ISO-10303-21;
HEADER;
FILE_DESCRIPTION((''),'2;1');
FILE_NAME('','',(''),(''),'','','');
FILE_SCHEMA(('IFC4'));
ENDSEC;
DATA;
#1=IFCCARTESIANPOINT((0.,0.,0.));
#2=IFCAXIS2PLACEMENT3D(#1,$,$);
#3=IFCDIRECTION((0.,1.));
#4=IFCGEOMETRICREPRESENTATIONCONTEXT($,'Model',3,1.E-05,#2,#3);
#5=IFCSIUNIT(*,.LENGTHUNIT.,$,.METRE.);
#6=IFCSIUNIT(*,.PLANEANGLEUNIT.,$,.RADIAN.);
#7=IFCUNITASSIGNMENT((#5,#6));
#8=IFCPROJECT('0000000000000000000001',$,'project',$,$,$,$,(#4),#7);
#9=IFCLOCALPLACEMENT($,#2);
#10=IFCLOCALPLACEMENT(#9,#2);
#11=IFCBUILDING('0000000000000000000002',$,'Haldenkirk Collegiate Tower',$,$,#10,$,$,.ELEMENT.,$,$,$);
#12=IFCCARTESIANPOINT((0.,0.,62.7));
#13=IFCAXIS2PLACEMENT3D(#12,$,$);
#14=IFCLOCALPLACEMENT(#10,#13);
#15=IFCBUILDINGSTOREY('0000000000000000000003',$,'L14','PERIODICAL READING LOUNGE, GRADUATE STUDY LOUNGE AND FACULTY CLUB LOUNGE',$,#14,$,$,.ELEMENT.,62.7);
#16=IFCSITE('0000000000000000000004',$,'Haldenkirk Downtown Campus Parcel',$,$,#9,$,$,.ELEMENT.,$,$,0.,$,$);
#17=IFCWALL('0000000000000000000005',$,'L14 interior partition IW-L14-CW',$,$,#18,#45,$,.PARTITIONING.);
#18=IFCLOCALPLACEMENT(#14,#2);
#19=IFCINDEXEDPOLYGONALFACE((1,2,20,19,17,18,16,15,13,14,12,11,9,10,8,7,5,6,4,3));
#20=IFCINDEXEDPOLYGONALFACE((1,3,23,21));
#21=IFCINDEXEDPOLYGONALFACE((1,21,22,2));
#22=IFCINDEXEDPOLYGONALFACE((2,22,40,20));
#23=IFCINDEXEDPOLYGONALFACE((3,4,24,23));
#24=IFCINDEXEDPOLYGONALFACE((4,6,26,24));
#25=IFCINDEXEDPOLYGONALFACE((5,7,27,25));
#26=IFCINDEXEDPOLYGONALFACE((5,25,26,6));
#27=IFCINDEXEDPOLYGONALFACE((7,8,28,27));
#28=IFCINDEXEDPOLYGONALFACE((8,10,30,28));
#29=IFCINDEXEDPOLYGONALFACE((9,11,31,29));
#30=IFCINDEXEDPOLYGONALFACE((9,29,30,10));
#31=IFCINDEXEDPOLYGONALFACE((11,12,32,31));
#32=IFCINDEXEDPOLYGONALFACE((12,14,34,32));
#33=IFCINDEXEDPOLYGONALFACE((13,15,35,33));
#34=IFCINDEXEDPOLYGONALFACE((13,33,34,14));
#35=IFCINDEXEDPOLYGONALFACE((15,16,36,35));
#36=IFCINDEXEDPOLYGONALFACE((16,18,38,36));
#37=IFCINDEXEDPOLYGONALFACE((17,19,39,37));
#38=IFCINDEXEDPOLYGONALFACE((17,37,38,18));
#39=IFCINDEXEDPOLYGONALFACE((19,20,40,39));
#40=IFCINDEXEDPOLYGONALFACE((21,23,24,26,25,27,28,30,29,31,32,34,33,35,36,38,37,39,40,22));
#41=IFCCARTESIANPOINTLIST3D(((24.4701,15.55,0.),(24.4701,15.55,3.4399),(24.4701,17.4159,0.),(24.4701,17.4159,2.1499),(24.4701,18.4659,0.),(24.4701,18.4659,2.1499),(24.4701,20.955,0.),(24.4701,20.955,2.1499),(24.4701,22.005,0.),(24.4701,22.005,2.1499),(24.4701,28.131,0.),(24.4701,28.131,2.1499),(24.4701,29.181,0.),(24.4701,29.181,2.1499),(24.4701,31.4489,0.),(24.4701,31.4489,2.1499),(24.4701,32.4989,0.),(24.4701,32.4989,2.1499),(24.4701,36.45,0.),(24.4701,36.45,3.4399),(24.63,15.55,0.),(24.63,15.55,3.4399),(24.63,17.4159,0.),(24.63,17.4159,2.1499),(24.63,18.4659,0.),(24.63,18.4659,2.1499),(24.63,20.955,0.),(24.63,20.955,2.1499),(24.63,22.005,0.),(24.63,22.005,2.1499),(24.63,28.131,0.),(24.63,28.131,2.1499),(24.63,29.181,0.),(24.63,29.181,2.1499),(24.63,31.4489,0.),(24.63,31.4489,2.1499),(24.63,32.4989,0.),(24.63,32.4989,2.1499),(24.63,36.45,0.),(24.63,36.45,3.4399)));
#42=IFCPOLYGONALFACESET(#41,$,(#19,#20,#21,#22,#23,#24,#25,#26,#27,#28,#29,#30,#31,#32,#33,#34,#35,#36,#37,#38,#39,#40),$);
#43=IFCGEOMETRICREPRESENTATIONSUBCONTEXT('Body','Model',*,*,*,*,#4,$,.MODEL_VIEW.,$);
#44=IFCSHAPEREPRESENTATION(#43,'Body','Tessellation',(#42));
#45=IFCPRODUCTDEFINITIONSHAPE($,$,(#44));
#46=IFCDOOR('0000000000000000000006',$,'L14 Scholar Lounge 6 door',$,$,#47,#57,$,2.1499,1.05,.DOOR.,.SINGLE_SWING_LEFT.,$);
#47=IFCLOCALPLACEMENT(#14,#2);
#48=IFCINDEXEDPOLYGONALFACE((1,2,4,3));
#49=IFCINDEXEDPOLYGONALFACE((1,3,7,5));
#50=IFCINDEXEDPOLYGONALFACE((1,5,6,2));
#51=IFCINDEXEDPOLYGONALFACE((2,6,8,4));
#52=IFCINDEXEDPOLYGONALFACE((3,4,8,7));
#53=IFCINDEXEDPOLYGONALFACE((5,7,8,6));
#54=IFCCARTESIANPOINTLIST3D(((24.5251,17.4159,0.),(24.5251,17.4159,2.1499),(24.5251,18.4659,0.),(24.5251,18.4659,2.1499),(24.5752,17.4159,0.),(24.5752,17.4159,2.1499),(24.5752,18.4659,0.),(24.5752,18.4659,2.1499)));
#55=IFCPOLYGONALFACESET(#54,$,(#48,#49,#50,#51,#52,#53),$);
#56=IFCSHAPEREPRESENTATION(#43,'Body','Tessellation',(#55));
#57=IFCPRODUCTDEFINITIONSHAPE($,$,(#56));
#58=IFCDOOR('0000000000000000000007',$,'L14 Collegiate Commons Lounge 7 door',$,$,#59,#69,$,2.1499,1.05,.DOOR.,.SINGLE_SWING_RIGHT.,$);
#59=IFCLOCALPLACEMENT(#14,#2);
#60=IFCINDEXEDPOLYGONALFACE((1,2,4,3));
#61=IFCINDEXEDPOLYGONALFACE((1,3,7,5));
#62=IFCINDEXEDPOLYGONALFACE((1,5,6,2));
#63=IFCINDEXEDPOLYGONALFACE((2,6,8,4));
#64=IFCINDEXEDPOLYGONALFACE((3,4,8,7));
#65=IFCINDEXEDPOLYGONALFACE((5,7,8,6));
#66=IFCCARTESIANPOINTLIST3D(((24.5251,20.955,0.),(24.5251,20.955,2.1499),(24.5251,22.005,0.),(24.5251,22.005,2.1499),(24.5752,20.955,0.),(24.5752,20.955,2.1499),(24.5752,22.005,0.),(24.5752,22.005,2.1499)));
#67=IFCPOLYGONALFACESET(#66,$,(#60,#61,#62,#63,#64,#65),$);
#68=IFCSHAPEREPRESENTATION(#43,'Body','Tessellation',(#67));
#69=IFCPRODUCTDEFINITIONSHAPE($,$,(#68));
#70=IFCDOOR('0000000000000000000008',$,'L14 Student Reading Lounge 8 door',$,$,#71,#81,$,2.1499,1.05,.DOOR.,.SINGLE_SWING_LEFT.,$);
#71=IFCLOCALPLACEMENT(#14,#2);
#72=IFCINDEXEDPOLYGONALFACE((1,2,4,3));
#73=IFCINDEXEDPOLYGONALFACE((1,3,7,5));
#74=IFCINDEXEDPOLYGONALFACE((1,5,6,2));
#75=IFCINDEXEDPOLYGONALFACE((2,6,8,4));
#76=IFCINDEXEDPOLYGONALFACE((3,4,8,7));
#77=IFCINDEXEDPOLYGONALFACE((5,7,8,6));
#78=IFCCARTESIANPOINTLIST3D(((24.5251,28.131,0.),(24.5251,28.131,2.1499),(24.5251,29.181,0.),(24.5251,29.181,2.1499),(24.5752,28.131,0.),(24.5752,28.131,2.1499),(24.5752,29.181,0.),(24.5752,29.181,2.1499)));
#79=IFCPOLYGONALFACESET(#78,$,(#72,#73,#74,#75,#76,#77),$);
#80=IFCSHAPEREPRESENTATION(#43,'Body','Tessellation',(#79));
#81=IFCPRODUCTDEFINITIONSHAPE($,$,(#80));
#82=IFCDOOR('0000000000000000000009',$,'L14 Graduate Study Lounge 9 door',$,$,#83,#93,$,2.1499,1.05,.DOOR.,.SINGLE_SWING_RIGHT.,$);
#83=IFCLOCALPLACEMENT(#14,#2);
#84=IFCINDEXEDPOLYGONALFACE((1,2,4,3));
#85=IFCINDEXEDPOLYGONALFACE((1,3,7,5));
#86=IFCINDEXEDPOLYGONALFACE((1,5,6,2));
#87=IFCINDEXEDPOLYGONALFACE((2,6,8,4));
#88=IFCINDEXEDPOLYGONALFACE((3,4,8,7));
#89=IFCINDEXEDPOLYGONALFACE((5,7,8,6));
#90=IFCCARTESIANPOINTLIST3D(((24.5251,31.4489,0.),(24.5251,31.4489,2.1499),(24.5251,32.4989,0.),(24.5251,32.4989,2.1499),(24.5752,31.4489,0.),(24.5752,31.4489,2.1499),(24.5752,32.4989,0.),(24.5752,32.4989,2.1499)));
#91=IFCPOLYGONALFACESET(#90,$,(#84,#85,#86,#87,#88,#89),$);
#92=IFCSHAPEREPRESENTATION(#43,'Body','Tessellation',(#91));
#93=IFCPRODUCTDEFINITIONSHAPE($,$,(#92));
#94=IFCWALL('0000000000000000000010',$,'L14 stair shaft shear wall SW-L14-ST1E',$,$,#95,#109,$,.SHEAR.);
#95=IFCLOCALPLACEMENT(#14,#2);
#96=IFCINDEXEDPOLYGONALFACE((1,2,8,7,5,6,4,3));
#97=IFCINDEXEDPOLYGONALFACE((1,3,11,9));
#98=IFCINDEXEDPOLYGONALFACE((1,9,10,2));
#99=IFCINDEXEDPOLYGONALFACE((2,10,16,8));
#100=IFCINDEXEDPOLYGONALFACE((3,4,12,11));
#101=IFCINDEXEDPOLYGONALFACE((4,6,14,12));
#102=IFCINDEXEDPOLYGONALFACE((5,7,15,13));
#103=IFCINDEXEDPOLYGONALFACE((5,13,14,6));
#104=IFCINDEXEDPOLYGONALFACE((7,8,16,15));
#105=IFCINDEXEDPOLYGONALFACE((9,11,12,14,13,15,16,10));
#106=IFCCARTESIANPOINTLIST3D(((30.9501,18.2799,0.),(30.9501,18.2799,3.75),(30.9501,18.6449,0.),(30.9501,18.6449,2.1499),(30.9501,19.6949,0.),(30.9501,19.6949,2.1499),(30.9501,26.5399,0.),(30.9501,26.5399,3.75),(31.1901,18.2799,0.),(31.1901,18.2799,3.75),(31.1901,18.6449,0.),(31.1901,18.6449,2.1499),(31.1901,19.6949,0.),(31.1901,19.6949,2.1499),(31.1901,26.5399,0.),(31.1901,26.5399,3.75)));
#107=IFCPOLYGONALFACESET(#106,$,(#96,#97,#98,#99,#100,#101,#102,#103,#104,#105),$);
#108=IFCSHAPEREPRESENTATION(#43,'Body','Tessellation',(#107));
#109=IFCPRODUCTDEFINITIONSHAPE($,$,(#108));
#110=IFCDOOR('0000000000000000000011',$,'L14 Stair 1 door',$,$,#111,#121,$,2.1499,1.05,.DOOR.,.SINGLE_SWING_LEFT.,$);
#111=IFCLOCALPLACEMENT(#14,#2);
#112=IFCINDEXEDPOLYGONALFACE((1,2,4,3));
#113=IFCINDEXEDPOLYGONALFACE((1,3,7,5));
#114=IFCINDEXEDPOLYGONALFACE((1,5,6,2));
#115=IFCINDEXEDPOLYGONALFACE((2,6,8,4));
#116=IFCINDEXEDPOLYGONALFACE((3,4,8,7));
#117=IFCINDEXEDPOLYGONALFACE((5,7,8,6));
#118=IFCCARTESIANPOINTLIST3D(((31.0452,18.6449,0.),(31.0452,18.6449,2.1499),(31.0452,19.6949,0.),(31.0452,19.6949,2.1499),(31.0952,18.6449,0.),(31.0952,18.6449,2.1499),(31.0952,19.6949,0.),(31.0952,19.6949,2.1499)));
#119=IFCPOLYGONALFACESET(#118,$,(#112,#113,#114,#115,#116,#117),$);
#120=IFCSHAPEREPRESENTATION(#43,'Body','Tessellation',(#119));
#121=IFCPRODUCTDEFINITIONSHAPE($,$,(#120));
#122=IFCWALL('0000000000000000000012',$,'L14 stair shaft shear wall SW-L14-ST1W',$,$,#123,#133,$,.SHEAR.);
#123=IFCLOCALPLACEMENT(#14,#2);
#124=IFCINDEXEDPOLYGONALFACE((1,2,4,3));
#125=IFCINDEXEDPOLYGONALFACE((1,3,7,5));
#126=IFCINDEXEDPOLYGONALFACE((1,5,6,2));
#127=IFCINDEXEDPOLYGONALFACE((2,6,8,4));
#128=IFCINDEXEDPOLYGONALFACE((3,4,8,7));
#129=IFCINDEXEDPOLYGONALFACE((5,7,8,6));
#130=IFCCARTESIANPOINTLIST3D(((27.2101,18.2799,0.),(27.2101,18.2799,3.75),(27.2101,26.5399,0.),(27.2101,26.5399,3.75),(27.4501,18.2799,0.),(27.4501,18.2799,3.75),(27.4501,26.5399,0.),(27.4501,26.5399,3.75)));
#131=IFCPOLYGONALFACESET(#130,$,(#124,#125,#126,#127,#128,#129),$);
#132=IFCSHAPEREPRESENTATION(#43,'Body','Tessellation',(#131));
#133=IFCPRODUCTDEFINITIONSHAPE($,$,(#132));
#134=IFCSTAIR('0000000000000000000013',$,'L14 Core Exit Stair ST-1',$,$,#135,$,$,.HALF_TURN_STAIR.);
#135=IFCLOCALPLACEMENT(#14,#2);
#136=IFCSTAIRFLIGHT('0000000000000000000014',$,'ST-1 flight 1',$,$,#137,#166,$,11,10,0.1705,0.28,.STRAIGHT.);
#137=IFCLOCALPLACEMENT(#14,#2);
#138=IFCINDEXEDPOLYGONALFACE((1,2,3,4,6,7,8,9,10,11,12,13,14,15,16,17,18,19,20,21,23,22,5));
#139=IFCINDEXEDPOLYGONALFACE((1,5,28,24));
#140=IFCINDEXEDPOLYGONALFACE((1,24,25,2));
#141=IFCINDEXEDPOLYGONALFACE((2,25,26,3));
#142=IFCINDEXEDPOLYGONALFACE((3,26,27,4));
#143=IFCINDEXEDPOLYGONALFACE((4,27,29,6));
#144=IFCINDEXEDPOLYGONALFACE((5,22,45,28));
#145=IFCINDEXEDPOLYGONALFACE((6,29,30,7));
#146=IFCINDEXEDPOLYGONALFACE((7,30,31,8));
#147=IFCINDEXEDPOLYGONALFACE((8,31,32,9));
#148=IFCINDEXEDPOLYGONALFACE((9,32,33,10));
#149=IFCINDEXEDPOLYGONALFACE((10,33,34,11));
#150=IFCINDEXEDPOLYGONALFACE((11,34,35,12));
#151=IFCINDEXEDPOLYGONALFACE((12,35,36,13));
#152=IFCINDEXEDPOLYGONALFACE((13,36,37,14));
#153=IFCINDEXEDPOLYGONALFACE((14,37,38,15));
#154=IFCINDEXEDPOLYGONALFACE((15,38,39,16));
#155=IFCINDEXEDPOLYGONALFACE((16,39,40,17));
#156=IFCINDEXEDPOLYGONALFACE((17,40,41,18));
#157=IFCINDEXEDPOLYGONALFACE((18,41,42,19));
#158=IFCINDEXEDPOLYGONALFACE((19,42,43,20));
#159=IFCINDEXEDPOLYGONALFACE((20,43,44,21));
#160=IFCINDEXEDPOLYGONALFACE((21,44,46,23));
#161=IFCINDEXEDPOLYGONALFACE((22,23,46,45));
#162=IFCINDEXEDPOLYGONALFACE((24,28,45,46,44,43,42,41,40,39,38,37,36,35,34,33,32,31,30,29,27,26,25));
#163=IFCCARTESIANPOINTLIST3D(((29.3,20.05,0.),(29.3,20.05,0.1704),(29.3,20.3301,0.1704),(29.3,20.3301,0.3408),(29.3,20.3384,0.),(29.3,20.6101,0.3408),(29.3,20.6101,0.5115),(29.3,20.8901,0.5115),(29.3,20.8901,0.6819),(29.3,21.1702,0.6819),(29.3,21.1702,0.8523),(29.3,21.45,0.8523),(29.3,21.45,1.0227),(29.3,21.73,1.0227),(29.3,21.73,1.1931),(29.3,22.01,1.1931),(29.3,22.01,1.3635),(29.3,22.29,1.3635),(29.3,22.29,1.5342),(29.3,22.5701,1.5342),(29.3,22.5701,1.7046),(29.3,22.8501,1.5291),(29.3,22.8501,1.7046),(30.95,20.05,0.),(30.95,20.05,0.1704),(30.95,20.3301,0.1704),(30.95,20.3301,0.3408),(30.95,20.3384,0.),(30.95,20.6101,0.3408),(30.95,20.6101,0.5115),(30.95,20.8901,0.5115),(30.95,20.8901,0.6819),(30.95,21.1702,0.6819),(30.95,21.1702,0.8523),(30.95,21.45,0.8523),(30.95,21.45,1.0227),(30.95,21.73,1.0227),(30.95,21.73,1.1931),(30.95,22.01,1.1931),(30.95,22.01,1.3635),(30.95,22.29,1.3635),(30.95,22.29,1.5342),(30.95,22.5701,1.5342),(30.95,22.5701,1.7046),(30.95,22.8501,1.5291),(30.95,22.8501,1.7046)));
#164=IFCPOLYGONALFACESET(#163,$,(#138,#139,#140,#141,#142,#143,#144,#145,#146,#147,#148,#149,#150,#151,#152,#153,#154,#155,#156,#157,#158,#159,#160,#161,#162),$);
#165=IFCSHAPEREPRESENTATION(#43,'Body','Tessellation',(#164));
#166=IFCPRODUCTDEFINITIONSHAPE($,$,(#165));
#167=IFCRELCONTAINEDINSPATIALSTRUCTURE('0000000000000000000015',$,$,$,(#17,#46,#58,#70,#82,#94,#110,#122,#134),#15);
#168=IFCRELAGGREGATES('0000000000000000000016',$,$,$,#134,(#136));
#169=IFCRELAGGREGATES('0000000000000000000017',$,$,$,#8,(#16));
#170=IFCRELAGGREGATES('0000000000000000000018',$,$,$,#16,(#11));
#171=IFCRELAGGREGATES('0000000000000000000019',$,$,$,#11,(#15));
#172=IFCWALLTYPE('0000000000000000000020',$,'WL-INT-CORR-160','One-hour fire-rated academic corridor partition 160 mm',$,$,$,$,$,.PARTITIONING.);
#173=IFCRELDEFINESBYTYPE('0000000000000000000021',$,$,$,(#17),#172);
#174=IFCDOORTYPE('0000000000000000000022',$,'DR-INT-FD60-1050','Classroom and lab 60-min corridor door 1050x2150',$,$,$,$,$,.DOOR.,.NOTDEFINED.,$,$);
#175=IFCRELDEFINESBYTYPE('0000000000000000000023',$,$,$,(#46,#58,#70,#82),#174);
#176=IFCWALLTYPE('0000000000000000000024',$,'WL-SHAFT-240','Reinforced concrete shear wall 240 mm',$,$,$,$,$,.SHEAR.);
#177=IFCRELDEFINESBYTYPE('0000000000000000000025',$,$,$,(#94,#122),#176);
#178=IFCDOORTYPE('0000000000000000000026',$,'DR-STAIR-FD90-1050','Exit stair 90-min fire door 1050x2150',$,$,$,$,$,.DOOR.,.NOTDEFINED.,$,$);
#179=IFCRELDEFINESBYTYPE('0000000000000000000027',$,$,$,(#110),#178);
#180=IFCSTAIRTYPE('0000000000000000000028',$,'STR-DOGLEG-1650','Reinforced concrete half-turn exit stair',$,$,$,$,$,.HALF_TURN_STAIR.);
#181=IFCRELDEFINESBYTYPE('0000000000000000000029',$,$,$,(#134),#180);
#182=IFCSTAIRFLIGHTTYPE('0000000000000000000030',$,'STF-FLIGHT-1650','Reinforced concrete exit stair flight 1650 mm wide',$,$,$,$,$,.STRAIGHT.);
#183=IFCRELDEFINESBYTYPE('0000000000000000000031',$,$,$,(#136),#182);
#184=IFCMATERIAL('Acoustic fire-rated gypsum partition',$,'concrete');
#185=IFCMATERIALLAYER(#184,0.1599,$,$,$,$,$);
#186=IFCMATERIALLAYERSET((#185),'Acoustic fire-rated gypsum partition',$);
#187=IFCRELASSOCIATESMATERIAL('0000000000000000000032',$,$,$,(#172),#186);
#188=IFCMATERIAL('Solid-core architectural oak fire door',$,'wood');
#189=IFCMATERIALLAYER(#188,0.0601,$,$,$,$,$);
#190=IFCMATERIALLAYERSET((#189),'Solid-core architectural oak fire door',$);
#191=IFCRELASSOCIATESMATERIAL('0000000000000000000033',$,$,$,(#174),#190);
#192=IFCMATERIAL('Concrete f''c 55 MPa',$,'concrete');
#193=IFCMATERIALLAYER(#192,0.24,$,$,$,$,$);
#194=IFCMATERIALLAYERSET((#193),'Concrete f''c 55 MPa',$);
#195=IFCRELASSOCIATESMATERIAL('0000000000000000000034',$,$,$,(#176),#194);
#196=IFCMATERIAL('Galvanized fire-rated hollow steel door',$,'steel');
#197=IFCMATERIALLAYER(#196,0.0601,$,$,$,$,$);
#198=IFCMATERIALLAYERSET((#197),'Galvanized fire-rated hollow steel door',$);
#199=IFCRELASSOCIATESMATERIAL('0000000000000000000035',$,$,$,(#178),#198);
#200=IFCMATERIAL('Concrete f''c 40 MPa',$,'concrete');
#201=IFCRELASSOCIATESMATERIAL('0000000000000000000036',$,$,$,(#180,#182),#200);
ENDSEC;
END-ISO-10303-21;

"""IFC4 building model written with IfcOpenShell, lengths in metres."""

from ifc_helpers import new_model, si_unit, direction, frame, frame_2d, origin, place, context, subcontext, project, spatial, polyline, rectangle, outline, extrude, material, layer, layer_set, type_object, element, fill, aggregate, save


model = new_model("IFC4")

# Units and contexts
model_context = context("Model", 3, precision=1e-05, world=origin(), true_north=direction((0.0, 1.0)))
body_context = subcontext(model_context, "Body", "Model", "MODEL_VIEW")
ifc_project = project(units=[si_unit("LENGTHUNIT", "METRE"), si_unit("PLANEANGLEUNIT", "RADIAN")], contexts=[model_context])

# Site, building, storey
site_placement = place(None, origin())
site = spatial("IfcSite", under=ifc_project, at=site_placement, Name="Haldenkirk Downtown Campus Parcel", CompositionType="ELEMENT", RefElevation=0.0)
building_placement = place(site_placement, origin())
building = spatial("IfcBuilding", under=site, at=building_placement, Name="Haldenkirk Collegiate Tower", CompositionType="ELEMENT")
storey_placement = place(building_placement, frame((0.0, 0.0, 62.7)))
storey = spatial("IfcBuildingStorey", under=building, at=storey_placement, Name="L14", Description="PERIODICAL READING LOUNGE, GRADUATE STUDY LOUNGE AND FACULTY CLUB LOUNGE", CompositionType="ELEMENT", Elevation=62.7)

# Shared definitions
ifc_material_1 = material(Name="Galvanized fire-rated hollow steel door", Category="steel")

# Wall, openings, doors
ifc_material_2 = material(Name="Acoustic fire-rated gypsum partition", Category="concrete")
ifc_layer_1 = layer(ifc_material_2, 0.1599)
ifc_layer_set_1 = layer_set([ifc_layer_1], Name="Acoustic fire-rated gypsum partition")
wall_type_1 = type_object("IfcWallType", Name="WL-INT-CORR-160", Description="One-hour fire-rated academic corridor partition 160 mm", PredefinedType="PARTITIONING", material=ifc_layer_set_1)
ifc_material_3 = material(Name="Solid-core architectural oak fire door", Category="wood")
ifc_layer_2 = layer(ifc_material_3, 0.0601)
ifc_layer_set_2 = layer_set([ifc_layer_2], Name="Solid-core architectural oak fire door")
door_type_1 = type_object("IfcDoorType", Name="DR-INT-FD60-1050", Description="Classroom and lab 60-min corridor door 1050x2150", OperationType="NOTDEFINED", PredefinedType="DOOR", material=ifc_layer_set_2)
wall_1_placement = place(storey_placement, frame((24.55, 15.55, 0.0), z_axis=(0.0, 0.0, 1.0), x_axis=(0.0, 1.0, 0.0)))
wall_1 = element("IfcWall", 1, at=wall_1_placement, inside=storey, type_object=wall_type_1, Name="L14 interior partition IW-L14-CW", PredefinedType="PARTITIONING", context=body_context, shape_type="SweptSolid", body=[
    extrude(rectangle(XDim=20.8999, YDim=0.1599, at=frame_2d((10.45, 0.0))), origin(), (0.0, 0.0, 1.0), 3.4399),
])
opening_1_placement = place(wall_1_placement, frame((1.866, 0.0, 0.0)))
opening_1 = element("IfcOpeningElement", 2, at=opening_1_placement, cuts=wall_1, PredefinedType="OPENING", context=body_context, shape_type="SweptSolid", body=[
    extrude(rectangle(XDim=1.05, YDim=2.1499, at=frame_2d((0.5249, 1.075))), frame((0.0, 0.0898, 0.0), z_axis=(0.0, -1.0, 0.0), x_axis=(1.0, 0.0, 0.0)), (0.0, 0.0, 1.0), 0.1799),
])
opening_2_placement = place(wall_1_placement, frame((5.405, 0.0, 0.0)))
opening_2 = element("IfcOpeningElement", 3, at=opening_2_placement, cuts=wall_1, PredefinedType="OPENING", context=body_context, shape_type="SweptSolid", body=[
    extrude(rectangle(XDim=1.05, YDim=2.1499, at=frame_2d((0.5249, 1.075))), frame((0.0, 0.0898, 0.0), z_axis=(0.0, -1.0, 0.0), x_axis=(1.0, 0.0, 0.0)), (0.0, 0.0, 1.0), 0.1799),
])
opening_3_placement = place(wall_1_placement, frame((12.5811, 0.0, 0.0)))
opening_3 = element("IfcOpeningElement", 4, at=opening_3_placement, cuts=wall_1, PredefinedType="OPENING", context=body_context, shape_type="SweptSolid", body=[
    extrude(rectangle(XDim=1.05, YDim=2.1499, at=frame_2d((0.5249, 1.075))), frame((0.0, 0.0898, 0.0), z_axis=(0.0, -1.0, 0.0), x_axis=(1.0, 0.0, 0.0)), (0.0, 0.0, 1.0), 0.1799),
])
opening_4_placement = place(wall_1_placement, frame((15.8989, 0.0, 0.0)))
opening_4 = element("IfcOpeningElement", 5, at=opening_4_placement, cuts=wall_1, PredefinedType="OPENING", context=body_context, shape_type="SweptSolid", body=[
    extrude(rectangle(XDim=1.05, YDim=2.1499, at=frame_2d((0.5249, 1.075))), frame((0.0, 0.0898, 0.0), z_axis=(0.0, -1.0, 0.0), x_axis=(1.0, 0.0, 0.0)), (0.0, 0.0, 1.0), 0.1799),
])
door_1_placement = place(opening_1_placement, origin())
door_1 = element("IfcDoor", 6, at=door_1_placement, inside=storey, type_object=door_type_1, Name="L14 Scholar Lounge 6 door", OperationType="SINGLE_SWING_LEFT", OverallHeight=2.1499, OverallWidth=1.05, PredefinedType="DOOR", context=body_context, shape_type="SweptSolid", body=[
    extrude(rectangle(XDim=1.05, YDim=2.1499, at=frame_2d((0.5249, 1.075))), frame((0.0, 0.0249, 0.0), z_axis=(0.0, -1.0, 0.0), x_axis=(1.0, 0.0, 0.0)), (0.0, 0.0, 1.0), 0.05),
])
fill(opening_1, door_1)
door_2_placement = place(opening_2_placement, origin())
door_2 = element("IfcDoor", 7, at=door_2_placement, inside=storey, type_object=door_type_1, Name="L14 Collegiate Commons Lounge 7 door", OperationType="SINGLE_SWING_RIGHT", OverallHeight=2.1499, OverallWidth=1.05, PredefinedType="DOOR", context=body_context, shape_type="SweptSolid", body=[
    extrude(rectangle(XDim=1.05, YDim=2.1499, at=frame_2d((0.5249, 1.075))), frame((0.0, 0.0249, 0.0), z_axis=(0.0, -1.0, 0.0), x_axis=(1.0, 0.0, 0.0)), (0.0, 0.0, 1.0), 0.05),
])
fill(opening_2, door_2)
door_3_placement = place(opening_3_placement, origin())
door_3 = element("IfcDoor", 8, at=door_3_placement, inside=storey, type_object=door_type_1, Name="L14 Student Reading Lounge 8 door", OperationType="SINGLE_SWING_LEFT", OverallHeight=2.1499, OverallWidth=1.05, PredefinedType="DOOR", context=body_context, shape_type="SweptSolid", body=[
    extrude(rectangle(XDim=1.05, YDim=2.1499, at=frame_2d((0.5249, 1.075))), frame((0.0, 0.0249, 0.0), z_axis=(0.0, -1.0, 0.0), x_axis=(1.0, 0.0, 0.0)), (0.0, 0.0, 1.0), 0.05),
])
fill(opening_3, door_3)
door_4_placement = place(opening_4_placement, origin())
door_4 = element("IfcDoor", 9, at=door_4_placement, inside=storey, type_object=door_type_1, Name="L14 Graduate Study Lounge 9 door", OperationType="SINGLE_SWING_RIGHT", OverallHeight=2.1499, OverallWidth=1.05, PredefinedType="DOOR", context=body_context, shape_type="SweptSolid", body=[
    extrude(rectangle(XDim=1.05, YDim=2.1499, at=frame_2d((0.5249, 1.075))), frame((0.0, 0.0249, 0.0), z_axis=(0.0, -1.0, 0.0), x_axis=(1.0, 0.0, 0.0)), (0.0, 0.0, 1.0), 0.05),
])
fill(opening_4, door_4)

# Wall, opening, door
ifc_material_4 = material(Name="Concrete f'c 55 MPa", Category="concrete")
ifc_layer_3 = layer(ifc_material_4, 0.24)
ifc_layer_set_3 = layer_set([ifc_layer_3], Name="Concrete f'c 55 MPa")
wall_type_2 = type_object("IfcWallType", Name="WL-SHAFT-240", Description="Reinforced concrete shear wall 240 mm", PredefinedType="SHEAR", material=ifc_layer_set_3)
wall_2_placement = place(storey_placement, frame((31.0701, 18.28, 0.0), z_axis=(0.0, 0.0, 1.0), x_axis=(0.0, 1.0, 0.0)))
wall_2 = element("IfcWall", 10, at=wall_2_placement, inside=storey, type_object=wall_type_2, Name="L14 stair shaft shear wall SW-L14-ST1E", PredefinedType="SHEAR", context=body_context, shape_type="SweptSolid", body=[
    extrude(rectangle(XDim=8.26, YDim=0.24, at=frame_2d((4.1299, 0.0))), origin(), (0.0, 0.0, 1.0), 3.75),
])
opening_5_placement = place(wall_2_placement, frame((0.365, 0.0, 0.0)))
opening_5 = element("IfcOpeningElement", 11, at=opening_5_placement, cuts=wall_2, PredefinedType="OPENING", context=body_context, shape_type="SweptSolid", body=[
    extrude(rectangle(XDim=1.05, YDim=2.1499, at=frame_2d((0.5249, 1.075))), frame((0.0, 0.1299, 0.0), z_axis=(0.0, -1.0, 0.0), x_axis=(1.0, 0.0, 0.0)), (0.0, 0.0, 1.0), 0.26),
])
ifc_layer_4 = layer(ifc_material_1, 0.0601)
ifc_layer_set_4 = layer_set([ifc_layer_4], Name="Galvanized fire-rated hollow steel door")
door_type_2 = type_object("IfcDoorType", Name="DR-STAIR-FD90-1050", Description="Exit stair 90-min fire door 1050x2150", OperationType="NOTDEFINED", PredefinedType="DOOR", material=ifc_layer_set_4)
door_5_placement = place(opening_5_placement, origin())
door_5 = element("IfcDoor", 12, at=door_5_placement, inside=storey, type_object=door_type_2, Name="L14 Stair 1 door", OperationType="SINGLE_SWING_LEFT", OverallHeight=2.1499, OverallWidth=1.05, PredefinedType="DOOR", context=body_context, shape_type="SweptSolid", body=[
    extrude(rectangle(XDim=1.05, YDim=2.1499, at=frame_2d((0.5249, 1.075))), frame((0.0, 0.0249, 0.0), z_axis=(0.0, -1.0, 0.0), x_axis=(1.0, 0.0, 0.0)), (0.0, 0.0, 1.0), 0.05),
])
fill(opening_5, door_5)

# Wall
wall_3_placement = place(storey_placement, frame((27.3301, 18.28, 0.0), z_axis=(0.0, 0.0, 1.0), x_axis=(0.0, 1.0, 0.0)))
element("IfcWall", 13, at=wall_3_placement, inside=storey, type_object=wall_type_2, Name="L14 stair shaft shear wall SW-L14-ST1W", PredefinedType="SHEAR", context=body_context, shape_type="SweptSolid", body=[
    extrude(rectangle(XDim=8.26, YDim=0.24, at=frame_2d((4.1299, 0.0))), origin(), (0.0, 0.0, 1.0), 3.75),
])

# Stair, stair flight
ifc_material_5 = material(Name="Concrete f'c 40 MPa", Category="concrete")
stair_type = type_object("IfcStairType", Name="STR-DOGLEG-1650", Description="Reinforced concrete half-turn exit stair", PredefinedType="HALF_TURN_STAIR", material=ifc_material_5)
stair_placement = place(storey_placement, origin())
stair = element("IfcStair", 14, at=stair_placement, inside=storey, type_object=stair_type, Name="L14 Core Exit Stair ST-1", PredefinedType="HALF_TURN_STAIR")
stair_flight_type = type_object("IfcStairFlightType", Name="STF-FLIGHT-1650", Description="Reinforced concrete exit stair flight 1650 mm wide", PredefinedType="STRAIGHT", material=ifc_material_5)
stair_flight_placement = place(storey_placement, frame((30.125, 20.05, 0.0), z_axis=(0.0, 0.0, 1.0), x_axis=(0.0, 1.0, 0.0)))
stair_flight = element("IfcStairFlight", 15, at=stair_flight_placement, type_object=stair_flight_type, Name="ST-1 flight 1", NumberOfRisers=11, NumberOfTreads=10, PredefinedType="STRAIGHT", RiserHeight=0.1705, TreadLength=0.28, context=body_context, shape_type="SweptSolid", body=[
    extrude(outline(polyline([(0.0, 0.0), (0.0, 0.1704), (0.28, 0.1704), (0.28, 0.3408), (0.5601, 0.3408), (0.5601, 0.5115), (0.8401, 0.5115), (0.8401, 0.6819), (1.1201, 0.6819), (1.1201, 0.8523), (1.3999, 0.8523), (1.3999, 1.0227), (1.6799, 1.0227), (1.6799, 1.1931), (1.96, 1.1931), (1.96, 1.3635), (2.24, 1.3635), (2.24, 1.5342), (2.52, 1.5342), (2.52, 1.7046), (2.8, 1.7046), (2.8, 1.875), (2.8, 1.5291), (0.2883, 0.0), (0.0, 0.0)])), frame((0.0, 0.825, 0.0), z_axis=(0.0, -1.0, 0.0), x_axis=(1.0, 0.0, 0.0)), (0.0, 0.0, 1.0), 1.6499),
])
aggregate(stair, [stair_flight])

save(model, "model.ifc")
